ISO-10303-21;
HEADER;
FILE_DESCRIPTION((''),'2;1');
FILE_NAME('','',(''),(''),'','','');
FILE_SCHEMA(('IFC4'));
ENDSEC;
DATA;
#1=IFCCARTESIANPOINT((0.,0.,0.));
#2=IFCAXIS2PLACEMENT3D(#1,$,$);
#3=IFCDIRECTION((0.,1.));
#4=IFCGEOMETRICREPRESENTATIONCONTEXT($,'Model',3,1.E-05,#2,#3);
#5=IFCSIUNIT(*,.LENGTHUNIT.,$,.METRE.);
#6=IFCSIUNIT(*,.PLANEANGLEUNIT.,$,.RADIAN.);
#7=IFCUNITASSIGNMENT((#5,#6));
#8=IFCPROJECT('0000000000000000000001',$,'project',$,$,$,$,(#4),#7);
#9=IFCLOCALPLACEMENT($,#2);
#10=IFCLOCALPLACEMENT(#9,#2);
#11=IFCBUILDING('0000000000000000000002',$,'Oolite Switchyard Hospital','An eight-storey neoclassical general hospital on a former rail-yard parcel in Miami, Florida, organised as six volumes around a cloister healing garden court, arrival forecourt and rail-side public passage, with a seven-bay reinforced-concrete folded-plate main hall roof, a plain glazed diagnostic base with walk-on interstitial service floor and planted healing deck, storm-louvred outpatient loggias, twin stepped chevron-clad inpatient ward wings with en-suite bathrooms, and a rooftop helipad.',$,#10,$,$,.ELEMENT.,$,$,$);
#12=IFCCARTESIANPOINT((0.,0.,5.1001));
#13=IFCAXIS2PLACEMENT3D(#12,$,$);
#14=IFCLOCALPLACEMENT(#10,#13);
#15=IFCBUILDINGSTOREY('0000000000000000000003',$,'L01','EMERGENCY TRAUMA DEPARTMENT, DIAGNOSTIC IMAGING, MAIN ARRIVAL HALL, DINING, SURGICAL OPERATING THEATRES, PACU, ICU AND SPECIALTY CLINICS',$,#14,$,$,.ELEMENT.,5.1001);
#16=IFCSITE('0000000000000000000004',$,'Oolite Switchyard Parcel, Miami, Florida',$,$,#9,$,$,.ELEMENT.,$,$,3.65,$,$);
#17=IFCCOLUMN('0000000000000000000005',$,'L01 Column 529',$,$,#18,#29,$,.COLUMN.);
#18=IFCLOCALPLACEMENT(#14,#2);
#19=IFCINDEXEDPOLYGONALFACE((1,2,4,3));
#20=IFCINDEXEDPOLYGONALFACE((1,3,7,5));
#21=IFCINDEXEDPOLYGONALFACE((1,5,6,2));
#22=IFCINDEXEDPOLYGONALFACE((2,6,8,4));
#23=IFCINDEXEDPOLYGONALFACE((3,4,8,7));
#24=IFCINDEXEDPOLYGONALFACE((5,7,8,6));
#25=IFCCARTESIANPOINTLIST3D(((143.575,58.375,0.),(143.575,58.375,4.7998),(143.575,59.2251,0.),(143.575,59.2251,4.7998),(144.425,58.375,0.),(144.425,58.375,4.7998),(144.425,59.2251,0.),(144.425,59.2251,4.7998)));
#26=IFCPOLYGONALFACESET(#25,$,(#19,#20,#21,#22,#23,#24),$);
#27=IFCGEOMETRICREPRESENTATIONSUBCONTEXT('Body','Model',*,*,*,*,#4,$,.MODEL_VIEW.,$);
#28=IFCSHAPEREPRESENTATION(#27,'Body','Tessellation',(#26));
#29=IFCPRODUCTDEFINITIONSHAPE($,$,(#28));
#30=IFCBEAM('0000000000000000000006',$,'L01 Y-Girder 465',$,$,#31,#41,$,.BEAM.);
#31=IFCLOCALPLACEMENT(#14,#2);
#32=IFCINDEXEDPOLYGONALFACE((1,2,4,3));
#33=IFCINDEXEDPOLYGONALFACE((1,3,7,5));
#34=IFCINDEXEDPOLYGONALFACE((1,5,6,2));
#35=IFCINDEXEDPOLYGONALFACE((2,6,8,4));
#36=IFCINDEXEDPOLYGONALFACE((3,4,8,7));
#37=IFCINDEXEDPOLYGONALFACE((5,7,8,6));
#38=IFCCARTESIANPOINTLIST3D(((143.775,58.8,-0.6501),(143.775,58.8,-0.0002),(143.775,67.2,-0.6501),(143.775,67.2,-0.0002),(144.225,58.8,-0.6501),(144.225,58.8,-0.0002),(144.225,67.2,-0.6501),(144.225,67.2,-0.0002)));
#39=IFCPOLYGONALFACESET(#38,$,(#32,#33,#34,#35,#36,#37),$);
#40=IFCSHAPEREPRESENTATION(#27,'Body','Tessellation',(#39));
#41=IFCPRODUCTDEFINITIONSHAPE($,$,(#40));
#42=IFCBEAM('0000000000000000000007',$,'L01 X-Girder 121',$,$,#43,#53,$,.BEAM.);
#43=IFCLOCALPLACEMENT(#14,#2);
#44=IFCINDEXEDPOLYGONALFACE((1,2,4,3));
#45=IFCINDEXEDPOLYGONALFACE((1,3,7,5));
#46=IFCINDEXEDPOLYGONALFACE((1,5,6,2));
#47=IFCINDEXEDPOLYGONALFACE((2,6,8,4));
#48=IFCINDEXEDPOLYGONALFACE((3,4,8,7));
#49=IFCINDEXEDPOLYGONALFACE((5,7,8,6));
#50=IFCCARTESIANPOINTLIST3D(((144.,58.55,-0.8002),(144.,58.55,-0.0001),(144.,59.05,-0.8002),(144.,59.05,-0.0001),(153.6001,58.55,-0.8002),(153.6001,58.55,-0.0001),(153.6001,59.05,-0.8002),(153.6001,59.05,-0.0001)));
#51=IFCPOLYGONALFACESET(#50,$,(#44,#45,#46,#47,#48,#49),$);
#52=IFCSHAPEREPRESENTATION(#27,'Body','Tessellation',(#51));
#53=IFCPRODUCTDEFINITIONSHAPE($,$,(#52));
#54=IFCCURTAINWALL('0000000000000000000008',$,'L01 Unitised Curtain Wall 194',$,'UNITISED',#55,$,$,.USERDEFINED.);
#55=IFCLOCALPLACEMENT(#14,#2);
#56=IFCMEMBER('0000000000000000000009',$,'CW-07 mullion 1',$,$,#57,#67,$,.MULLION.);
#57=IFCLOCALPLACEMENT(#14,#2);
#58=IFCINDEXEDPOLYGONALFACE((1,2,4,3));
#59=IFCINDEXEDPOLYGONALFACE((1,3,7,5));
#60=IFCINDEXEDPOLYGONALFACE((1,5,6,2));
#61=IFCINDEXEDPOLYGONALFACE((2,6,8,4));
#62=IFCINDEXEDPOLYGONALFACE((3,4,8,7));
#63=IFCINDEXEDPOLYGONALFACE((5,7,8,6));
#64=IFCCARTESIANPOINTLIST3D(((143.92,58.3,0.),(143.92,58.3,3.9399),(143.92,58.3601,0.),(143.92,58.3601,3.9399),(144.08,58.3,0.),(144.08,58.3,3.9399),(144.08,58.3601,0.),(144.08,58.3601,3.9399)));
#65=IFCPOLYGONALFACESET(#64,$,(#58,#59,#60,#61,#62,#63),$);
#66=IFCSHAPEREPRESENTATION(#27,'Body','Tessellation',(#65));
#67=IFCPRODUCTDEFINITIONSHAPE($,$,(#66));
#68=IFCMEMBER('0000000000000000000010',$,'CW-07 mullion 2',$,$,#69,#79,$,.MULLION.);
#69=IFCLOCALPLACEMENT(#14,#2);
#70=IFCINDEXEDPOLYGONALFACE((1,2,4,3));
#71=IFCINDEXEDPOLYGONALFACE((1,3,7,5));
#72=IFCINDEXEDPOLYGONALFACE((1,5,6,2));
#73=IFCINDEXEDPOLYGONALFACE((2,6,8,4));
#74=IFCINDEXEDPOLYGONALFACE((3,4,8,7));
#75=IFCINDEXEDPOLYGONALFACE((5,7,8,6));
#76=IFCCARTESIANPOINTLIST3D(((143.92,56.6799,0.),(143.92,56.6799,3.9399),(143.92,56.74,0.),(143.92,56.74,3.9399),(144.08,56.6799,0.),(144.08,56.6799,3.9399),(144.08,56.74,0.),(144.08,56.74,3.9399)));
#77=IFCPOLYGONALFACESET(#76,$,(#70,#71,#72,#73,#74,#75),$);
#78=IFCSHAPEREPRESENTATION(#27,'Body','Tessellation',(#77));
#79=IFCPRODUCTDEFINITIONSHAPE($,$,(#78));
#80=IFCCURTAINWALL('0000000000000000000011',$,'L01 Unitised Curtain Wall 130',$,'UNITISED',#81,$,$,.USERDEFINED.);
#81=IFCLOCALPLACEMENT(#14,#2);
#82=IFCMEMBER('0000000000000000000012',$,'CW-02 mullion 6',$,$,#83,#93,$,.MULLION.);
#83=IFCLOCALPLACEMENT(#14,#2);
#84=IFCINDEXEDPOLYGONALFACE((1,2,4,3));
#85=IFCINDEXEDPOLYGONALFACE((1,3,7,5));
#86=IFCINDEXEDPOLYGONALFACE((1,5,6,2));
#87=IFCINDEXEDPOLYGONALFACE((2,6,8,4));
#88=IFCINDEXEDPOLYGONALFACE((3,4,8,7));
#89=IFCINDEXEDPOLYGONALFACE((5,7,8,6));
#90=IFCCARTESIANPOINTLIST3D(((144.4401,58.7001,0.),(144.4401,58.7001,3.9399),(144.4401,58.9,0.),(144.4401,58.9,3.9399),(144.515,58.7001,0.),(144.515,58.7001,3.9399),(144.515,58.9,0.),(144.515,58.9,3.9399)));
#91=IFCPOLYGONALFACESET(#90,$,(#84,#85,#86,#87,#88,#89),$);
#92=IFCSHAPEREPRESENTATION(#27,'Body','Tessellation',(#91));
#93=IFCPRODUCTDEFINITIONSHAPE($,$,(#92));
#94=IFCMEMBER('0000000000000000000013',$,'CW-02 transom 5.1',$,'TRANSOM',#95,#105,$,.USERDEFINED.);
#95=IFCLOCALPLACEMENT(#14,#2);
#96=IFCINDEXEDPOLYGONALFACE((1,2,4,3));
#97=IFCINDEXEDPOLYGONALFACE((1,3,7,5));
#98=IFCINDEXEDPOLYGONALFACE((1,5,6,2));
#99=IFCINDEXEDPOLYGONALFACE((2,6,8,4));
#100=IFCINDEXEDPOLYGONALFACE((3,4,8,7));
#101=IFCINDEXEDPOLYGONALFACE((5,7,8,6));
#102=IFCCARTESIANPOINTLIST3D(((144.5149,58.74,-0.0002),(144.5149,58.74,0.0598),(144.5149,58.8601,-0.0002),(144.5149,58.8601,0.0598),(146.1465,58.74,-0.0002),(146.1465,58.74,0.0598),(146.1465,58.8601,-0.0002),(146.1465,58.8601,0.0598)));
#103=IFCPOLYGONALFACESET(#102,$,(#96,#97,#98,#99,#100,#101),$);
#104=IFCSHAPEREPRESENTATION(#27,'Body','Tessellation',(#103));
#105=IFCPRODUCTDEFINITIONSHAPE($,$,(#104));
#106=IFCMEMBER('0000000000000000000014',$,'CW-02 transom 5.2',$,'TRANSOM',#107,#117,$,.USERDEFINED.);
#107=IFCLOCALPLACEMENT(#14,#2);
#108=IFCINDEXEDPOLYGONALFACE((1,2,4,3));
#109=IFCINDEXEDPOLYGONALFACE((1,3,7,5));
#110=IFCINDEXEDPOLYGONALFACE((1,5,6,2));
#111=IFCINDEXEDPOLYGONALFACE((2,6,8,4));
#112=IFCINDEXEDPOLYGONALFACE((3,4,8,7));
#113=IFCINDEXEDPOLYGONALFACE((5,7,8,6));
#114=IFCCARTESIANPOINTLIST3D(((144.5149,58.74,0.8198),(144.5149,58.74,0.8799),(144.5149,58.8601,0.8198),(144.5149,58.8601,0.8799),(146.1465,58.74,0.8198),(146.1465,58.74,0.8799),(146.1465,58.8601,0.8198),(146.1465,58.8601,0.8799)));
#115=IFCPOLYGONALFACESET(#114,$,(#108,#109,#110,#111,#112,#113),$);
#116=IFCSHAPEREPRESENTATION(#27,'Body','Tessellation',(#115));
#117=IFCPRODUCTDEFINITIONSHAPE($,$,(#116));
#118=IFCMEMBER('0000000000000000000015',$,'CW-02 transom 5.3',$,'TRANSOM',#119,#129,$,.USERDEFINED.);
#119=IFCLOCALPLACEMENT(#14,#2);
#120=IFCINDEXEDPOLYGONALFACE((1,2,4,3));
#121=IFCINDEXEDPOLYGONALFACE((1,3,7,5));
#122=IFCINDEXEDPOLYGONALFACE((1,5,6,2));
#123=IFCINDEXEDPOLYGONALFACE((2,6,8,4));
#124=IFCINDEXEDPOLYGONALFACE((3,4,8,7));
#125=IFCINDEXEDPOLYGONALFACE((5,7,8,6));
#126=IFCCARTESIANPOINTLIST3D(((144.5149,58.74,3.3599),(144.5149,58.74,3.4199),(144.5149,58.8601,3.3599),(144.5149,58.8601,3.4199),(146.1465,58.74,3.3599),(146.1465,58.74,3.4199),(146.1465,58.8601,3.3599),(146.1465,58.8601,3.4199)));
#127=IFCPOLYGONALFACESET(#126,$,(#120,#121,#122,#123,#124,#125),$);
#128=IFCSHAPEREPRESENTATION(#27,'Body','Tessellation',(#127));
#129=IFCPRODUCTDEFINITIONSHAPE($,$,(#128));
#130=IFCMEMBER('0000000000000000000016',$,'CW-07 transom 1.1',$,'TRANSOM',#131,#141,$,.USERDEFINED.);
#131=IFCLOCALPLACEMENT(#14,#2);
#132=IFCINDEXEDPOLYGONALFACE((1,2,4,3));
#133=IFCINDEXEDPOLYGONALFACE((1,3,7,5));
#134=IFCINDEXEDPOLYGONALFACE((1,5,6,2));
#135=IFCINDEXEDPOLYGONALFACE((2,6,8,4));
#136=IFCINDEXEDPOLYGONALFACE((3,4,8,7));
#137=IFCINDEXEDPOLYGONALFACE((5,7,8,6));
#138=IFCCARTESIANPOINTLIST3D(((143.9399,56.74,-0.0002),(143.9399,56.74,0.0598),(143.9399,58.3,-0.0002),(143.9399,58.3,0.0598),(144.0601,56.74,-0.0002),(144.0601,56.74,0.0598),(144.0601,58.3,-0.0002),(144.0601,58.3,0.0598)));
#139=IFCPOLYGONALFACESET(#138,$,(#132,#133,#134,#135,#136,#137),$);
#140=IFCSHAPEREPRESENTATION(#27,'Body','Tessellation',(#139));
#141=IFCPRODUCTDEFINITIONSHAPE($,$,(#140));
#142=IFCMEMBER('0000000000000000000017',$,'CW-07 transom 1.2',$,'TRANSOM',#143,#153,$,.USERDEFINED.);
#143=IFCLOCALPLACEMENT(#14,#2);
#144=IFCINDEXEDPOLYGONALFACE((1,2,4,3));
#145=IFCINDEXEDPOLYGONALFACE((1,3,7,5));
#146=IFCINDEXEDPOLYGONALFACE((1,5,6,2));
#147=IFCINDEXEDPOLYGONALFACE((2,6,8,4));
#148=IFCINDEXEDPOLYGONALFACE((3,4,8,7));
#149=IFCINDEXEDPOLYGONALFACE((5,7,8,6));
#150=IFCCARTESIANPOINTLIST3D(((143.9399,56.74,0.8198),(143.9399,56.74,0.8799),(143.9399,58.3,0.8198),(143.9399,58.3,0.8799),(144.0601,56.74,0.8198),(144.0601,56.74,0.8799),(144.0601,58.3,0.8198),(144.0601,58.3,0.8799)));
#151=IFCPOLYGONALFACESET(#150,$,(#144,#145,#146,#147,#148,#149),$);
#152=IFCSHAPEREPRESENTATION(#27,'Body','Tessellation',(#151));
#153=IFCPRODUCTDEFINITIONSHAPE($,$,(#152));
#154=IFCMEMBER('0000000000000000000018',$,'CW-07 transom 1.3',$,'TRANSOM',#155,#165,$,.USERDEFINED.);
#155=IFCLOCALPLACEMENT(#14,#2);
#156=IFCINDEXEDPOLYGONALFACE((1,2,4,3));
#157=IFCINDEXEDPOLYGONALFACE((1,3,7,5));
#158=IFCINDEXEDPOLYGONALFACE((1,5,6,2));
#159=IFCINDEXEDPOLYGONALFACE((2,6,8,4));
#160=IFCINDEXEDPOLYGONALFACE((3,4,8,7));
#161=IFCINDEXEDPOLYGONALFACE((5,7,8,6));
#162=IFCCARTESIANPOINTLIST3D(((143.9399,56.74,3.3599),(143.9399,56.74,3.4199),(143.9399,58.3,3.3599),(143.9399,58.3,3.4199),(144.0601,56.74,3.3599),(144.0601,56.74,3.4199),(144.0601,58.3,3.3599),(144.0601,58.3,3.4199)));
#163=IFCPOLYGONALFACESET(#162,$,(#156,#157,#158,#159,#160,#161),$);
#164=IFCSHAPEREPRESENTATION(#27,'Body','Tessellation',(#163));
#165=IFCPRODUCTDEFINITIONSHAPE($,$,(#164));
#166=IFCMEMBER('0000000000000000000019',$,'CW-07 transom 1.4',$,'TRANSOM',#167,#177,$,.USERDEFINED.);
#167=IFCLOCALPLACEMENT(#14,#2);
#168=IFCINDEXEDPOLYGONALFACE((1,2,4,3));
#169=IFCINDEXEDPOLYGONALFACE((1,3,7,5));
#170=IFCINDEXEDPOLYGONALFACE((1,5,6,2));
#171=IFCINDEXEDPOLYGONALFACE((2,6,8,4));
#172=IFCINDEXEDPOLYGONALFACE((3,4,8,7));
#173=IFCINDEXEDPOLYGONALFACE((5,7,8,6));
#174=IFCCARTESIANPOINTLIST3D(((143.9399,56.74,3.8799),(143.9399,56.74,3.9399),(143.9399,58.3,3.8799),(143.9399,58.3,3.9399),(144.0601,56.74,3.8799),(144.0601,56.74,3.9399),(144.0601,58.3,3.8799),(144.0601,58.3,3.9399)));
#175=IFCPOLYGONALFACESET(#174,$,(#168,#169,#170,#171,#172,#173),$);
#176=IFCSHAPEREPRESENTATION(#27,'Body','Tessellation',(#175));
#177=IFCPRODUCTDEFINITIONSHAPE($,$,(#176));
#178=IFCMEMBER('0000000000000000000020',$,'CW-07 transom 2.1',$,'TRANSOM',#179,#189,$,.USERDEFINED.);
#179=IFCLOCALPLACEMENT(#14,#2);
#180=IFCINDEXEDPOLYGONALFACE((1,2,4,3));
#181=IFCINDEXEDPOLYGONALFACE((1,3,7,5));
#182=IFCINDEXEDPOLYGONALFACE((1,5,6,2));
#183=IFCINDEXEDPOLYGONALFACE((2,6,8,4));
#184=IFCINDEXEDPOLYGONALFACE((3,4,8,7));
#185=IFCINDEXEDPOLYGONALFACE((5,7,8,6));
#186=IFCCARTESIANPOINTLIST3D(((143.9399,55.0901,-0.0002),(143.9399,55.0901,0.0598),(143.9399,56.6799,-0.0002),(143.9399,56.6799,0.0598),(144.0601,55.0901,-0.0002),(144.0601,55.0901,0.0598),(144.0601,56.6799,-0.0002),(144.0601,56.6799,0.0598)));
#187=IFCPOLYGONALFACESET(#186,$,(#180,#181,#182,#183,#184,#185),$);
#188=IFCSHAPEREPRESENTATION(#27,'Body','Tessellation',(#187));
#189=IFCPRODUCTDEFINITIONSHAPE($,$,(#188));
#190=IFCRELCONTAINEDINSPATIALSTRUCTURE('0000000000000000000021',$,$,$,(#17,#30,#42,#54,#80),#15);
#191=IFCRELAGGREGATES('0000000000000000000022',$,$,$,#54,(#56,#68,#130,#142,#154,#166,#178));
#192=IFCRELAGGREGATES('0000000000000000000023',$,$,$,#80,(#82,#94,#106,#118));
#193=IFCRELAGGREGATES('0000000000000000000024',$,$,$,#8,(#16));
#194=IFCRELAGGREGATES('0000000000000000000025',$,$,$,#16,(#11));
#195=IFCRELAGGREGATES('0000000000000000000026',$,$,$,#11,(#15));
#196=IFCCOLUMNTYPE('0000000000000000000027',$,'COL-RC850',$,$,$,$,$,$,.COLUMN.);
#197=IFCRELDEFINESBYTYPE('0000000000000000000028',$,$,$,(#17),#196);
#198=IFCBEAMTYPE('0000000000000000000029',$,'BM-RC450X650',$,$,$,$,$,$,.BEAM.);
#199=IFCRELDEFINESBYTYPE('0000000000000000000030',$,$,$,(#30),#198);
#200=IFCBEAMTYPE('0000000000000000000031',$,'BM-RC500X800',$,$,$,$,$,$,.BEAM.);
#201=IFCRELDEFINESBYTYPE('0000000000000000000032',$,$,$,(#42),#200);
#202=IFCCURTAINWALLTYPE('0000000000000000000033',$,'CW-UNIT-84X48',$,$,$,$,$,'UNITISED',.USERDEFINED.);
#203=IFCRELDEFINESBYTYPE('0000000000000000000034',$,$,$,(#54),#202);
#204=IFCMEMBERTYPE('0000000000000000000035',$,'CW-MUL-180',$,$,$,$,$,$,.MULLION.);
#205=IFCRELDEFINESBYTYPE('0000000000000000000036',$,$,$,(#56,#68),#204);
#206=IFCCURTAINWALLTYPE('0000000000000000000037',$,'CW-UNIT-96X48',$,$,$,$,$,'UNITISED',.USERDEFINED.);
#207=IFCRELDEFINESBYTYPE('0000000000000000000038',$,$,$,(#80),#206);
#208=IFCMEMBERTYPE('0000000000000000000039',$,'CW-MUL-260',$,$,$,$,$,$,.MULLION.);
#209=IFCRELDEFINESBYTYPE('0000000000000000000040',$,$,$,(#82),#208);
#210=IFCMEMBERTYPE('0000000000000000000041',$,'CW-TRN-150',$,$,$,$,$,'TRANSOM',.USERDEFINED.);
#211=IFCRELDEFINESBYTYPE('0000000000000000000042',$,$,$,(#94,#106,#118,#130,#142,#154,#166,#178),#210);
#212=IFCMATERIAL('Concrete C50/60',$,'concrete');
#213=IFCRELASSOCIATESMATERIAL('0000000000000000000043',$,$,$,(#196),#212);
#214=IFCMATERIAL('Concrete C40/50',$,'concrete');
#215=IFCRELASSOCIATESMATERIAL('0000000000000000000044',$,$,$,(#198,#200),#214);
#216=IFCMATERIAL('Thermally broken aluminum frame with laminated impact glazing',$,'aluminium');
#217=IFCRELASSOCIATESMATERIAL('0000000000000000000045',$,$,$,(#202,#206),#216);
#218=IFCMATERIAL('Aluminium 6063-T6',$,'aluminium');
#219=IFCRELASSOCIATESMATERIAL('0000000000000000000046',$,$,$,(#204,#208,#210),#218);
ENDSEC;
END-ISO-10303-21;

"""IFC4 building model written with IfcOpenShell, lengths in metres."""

from ifc_helpers import new_model, si_unit, direction, frame, origin, origin_2d, place, context, subcontext, project, spatial, rectangle, extrude, material, material_profile, profile_set, type_object, element, aggregate, save


model = new_model("IFC4")

# Units and contexts
model_context = context("Model", 3, precision=1e-05, world=origin(), true_north=direction((0.0, 1.0)))
body_context = subcontext(model_context, "Body", "Model", "MODEL_VIEW")
ifc_project = project(units=[si_unit("LENGTHUNIT", "METRE"), si_unit("PLANEANGLEUNIT", "RADIAN")], contexts=[model_context])

# Site, building, storey
site_placement = place(None, origin())
site = spatial("IfcSite", under=ifc_project, at=site_placement, Name="Oolite Switchyard Parcel, Miami, Florida", CompositionType="ELEMENT", RefElevation=3.65)
building_placement = place(site_placement, origin())
building = spatial("IfcBuilding", under=site, at=building_placement, Name="Oolite Switchyard Hospital", Description="An eight-storey neoclassical general hospital on a former rail-yard parcel in Miami, Florida, organised as six volumes around a cloister healing garden court, arrival forecourt and rail-side public passage, with a seven-bay reinforced-concrete folded-plate main hall roof, a plain glazed diagnostic base with walk-on interstitial service floor and planted healing deck, storm-louvred outpatient loggias, twin stepped chevron-clad inpatient ward wings with en-suite bathrooms, and a rooftop helipad.", CompositionType="ELEMENT")
storey_placement = place(building_placement, frame((0.0, 0.0, 5.1001)))
storey = spatial("IfcBuildingStorey", under=building, at=storey_placement, Name="L01", Description="EMERGENCY TRAUMA DEPARTMENT, DIAGNOSTIC IMAGING, MAIN ARRIVAL HALL, DINING, SURGICAL OPERATING THEATRES, PACU, ICU AND SPECIALTY CLINICS", CompositionType="ELEMENT", Elevation=5.1001)

# Column
ifc_material_1 = material(Name="Concrete C50/60", Category="concrete")
ifc_material_profile_1 = material_profile(ifc_material_1, rectangle(XDim=0.8501, YDim=0.8501, at=origin_2d()), Name="RC850X850")
ifc_profile_set_1 = profile_set([ifc_material_profile_1], Name="Concrete C50/60")
column_type = type_object("IfcColumnType", Name="COL-RC850", PredefinedType="COLUMN", material=ifc_profile_set_1)
column_placement = place(storey_placement, frame((144.0, 58.8, 0.0), z_axis=(0.0, 0.0, 1.0), x_axis=(1.0, 0.0, 0.0)))
element("IfcColumn", 1, at=column_placement, inside=storey, type_object=column_type, Name="L01 Column 529", PredefinedType="COLUMN", context=body_context, shape_type="SweptSolid", body=[
    extrude(rectangle(XDim=0.8501, YDim=0.8501, at=origin_2d()), origin(), (0.0, 0.0, 1.0), 4.7998),
])

# Beams
ifc_material_2 = material(Name="Concrete C40/50", Category="concrete")
ifc_material_profile_2 = material_profile(ifc_material_2, rectangle(XDim=0.45, YDim=0.6499, at=origin_2d()), Name="RCB450X650")
ifc_profile_set_2 = profile_set([ifc_material_profile_2], Name="Concrete C40/50")
beam_type_1 = type_object("IfcBeamType", Name="BM-RC450X650", PredefinedType="BEAM", material=ifc_profile_set_2)
beam_1_placement = place(storey_placement, frame((144.0, 58.8, -0.3252), z_axis=(0.0, 1.0, 0.0), x_axis=(-1.0, 0.0, 0.0)))
element("IfcBeam", 2, at=beam_1_placement, inside=storey, type_object=beam_type_1, Name="L01 Y-Girder 465", PredefinedType="BEAM", context=body_context, shape_type="SweptSolid", body=[
    extrude(rectangle(XDim=0.45, YDim=0.6499, at=origin_2d()), origin(), (0.0, 0.0, 1.0), 8.3999),
])
ifc_material_profile_3 = material_profile(ifc_material_2, rectangle(XDim=0.5, YDim=0.8, at=origin_2d()), Name="RCB500X800")
ifc_profile_set_3 = profile_set([ifc_material_profile_3], Name="Concrete C40/50")
beam_type_2 = type_object("IfcBeamType", Name="BM-RC500X800", PredefinedType="BEAM", material=ifc_profile_set_3)
beam_2_placement = place(storey_placement, frame((144.0, 58.8, -0.4001), z_axis=(1.0, 0.0, 0.0), x_axis=(0.0, 1.0, 0.0)))
element("IfcBeam", 3, at=beam_2_placement, inside=storey, type_object=beam_type_2, Name="L01 X-Girder 121", PredefinedType="BEAM", context=body_context, shape_type="SweptSolid", body=[
    extrude(rectangle(XDim=0.5, YDim=0.8, at=origin_2d()), origin(), (0.0, 0.0, 1.0), 9.6001),
])

# Curtain walls, members
ifc_material_3 = material(Name="Thermally broken aluminum frame with laminated impact glazing", Category="aluminium")
curtain_wall_type_1 = type_object("IfcCurtainWallType", Name="CW-UNIT-84X48", ElementType="UNITISED", PredefinedType="USERDEFINED", material=ifc_material_3)
curtain_wall_1_placement = place(storey_placement, origin())
curtain_wall_1 = element("IfcCurtainWall", 4, at=curtain_wall_1_placement, inside=storey, type_object=curtain_wall_type_1, Name="L01 Unitised Curtain Wall 194", ObjectType="UNITISED", PredefinedType="USERDEFINED")
ifc_material_4 = material(Name="Aluminium 6063-T6", Category="aluminium")
ifc_material_profile_4 = material_profile(ifc_material_4, rectangle(XDim=0.1599, YDim=0.0601, at=origin_2d()), Name="CWM60X160")
ifc_profile_set_4 = profile_set([ifc_material_profile_4], Name="Aluminium 6063-T6")
member_type_1 = type_object("IfcMemberType", Name="CW-MUL-180", PredefinedType="MULLION", material=ifc_profile_set_4)
member_1_placement = place(storey_placement, frame((144.0, 58.3301, 0.0), z_axis=(0.0, 0.0, 1.0), x_axis=(1.0, 0.0, 0.0)))
member_1 = element("IfcMember", 5, at=member_1_placement, type_object=member_type_1, Name="CW-07 mullion 1", PredefinedType="MULLION", context=body_context, shape_type="SweptSolid", body=[
    extrude(rectangle(XDim=0.1599, YDim=0.0601, at=origin_2d()), origin(), (0.0, 0.0, 1.0), 3.9399),
])
member_2_placement = place(storey_placement, frame((144.0, 56.71, 0.0), z_axis=(0.0, 0.0, 1.0), x_axis=(1.0, 0.0, 0.0)))
member_2 = element("IfcMember", 6, at=member_2_placement, type_object=member_type_1, Name="CW-07 mullion 2", PredefinedType="MULLION", context=body_context, shape_type="SweptSolid", body=[
    extrude(rectangle(XDim=0.1599, YDim=0.0601, at=origin_2d()), origin(), (0.0, 0.0, 1.0), 3.9399),
])
curtain_wall_type_2 = type_object("IfcCurtainWallType", Name="CW-UNIT-96X48", ElementType="UNITISED", PredefinedType="USERDEFINED", material=ifc_material_3)
curtain_wall_2_placement = place(storey_placement, origin())
curtain_wall_2 = element("IfcCurtainWall", 7, at=curtain_wall_2_placement, inside=storey, type_object=curtain_wall_type_2, Name="L01 Unitised Curtain Wall 130", ObjectType="UNITISED", PredefinedType="USERDEFINED")
ifc_material_profile_5 = material_profile(ifc_material_4, rectangle(XDim=0.2, YDim=0.075, at=origin_2d()), Name="CWM75X200")
ifc_profile_set_5 = profile_set([ifc_material_profile_5], Name="Aluminium 6063-T6")
member_type_2 = type_object("IfcMemberType", Name="CW-MUL-260", PredefinedType="MULLION", material=ifc_profile_set_5)
member_3_placement = place(storey_placement, frame((144.4775, 58.8, 0.0), z_axis=(0.0, 0.0, 1.0), x_axis=(0.0, -1.0, 0.0)))
member_3 = element("IfcMember", 8, at=member_3_placement, type_object=member_type_2, Name="CW-02 mullion 6", PredefinedType="MULLION", context=body_context, shape_type="SweptSolid", body=[
    extrude(rectangle(XDim=0.2, YDim=0.075, at=origin_2d()), origin(), (0.0, 0.0, 1.0), 3.9399),
])
ifc_material_profile_6 = material_profile(ifc_material_4, rectangle(XDim=0.1201, YDim=0.0601, at=origin_2d()), Name="CWT60X120")
ifc_profile_set_6 = profile_set([ifc_material_profile_6], Name="Aluminium 6063-T6")
member_type_3 = type_object("IfcMemberType", Name="CW-TRN-150", ElementType="TRANSOM", PredefinedType="USERDEFINED", material=ifc_profile_set_6)
member_4_placement = place(storey_placement, frame((146.1465, 58.8, 0.0298), z_axis=(-1.0, 0.0, 0.0), x_axis=(0.0, -1.0, 0.0)))
member_4 = element("IfcMember", 9, at=member_4_placement, type_object=member_type_3, Name="CW-02 transom 5.1", ObjectType="TRANSOM", PredefinedType="USERDEFINED", context=body_context, shape_type="SweptSolid", body=[
    extrude(rectangle(XDim=0.1201, YDim=0.0601, at=origin_2d()), origin(), (0.0, 0.0, 1.0), 1.6316),
])
member_5_placement = place(storey_placement, frame((146.1465, 58.8, 0.8499), z_axis=(-1.0, 0.0, 0.0), x_axis=(0.0, -1.0, 0.0)))
member_5 = element("IfcMember", 10, at=member_5_placement, type_object=member_type_3, Name="CW-02 transom 5.2", ObjectType="TRANSOM", PredefinedType="USERDEFINED", context=body_context, shape_type="SweptSolid", body=[
    extrude(rectangle(XDim=0.1201, YDim=0.0601, at=origin_2d()), origin(), (0.0, 0.0, 1.0), 1.6316),
])
member_6_placement = place(storey_placement, frame((146.1465, 58.8, 3.3899), z_axis=(-1.0, 0.0, 0.0), x_axis=(0.0, -1.0, 0.0)))
member_6 = element("IfcMember", 11, at=member_6_placement, type_object=member_type_3, Name="CW-02 transom 5.3", ObjectType="TRANSOM", PredefinedType="USERDEFINED", context=body_context, shape_type="SweptSolid", body=[
    extrude(rectangle(XDim=0.1201, YDim=0.0601, at=origin_2d()), origin(), (0.0, 0.0, 1.0), 1.6316),
])

# Members
member_7_placement = place(storey_placement, frame((144.0, 58.3, 0.0298), z_axis=(0.0, -1.0, 0.0), x_axis=(1.0, 0.0, 0.0)))
member_7 = element("IfcMember", 12, at=member_7_placement, type_object=member_type_3, Name="CW-07 transom 1.1", ObjectType="TRANSOM", PredefinedType="USERDEFINED", context=body_context, shape_type="SweptSolid", body=[
    extrude(rectangle(XDim=0.1201, YDim=0.0601, at=origin_2d()), origin(), (0.0, 0.0, 1.0), 1.5601),
])
member_8_placement = place(storey_placement, frame((144.0, 58.3, 0.8499), z_axis=(0.0, -1.0, 0.0), x_axis=(1.0, 0.0, 0.0)))
member_8 = element("IfcMember", 13, at=member_8_placement, type_object=member_type_3, Name="CW-07 transom 1.2", ObjectType="TRANSOM", PredefinedType="USERDEFINED", context=body_context, shape_type="SweptSolid", body=[
    extrude(rectangle(XDim=0.1201, YDim=0.0601, at=origin_2d()), origin(), (0.0, 0.0, 1.0), 1.5601),
])
member_9_placement = place(storey_placement, frame((144.0, 58.3, 3.3899), z_axis=(0.0, -1.0, 0.0), x_axis=(1.0, 0.0, 0.0)))
member_9 = element("IfcMember", 14, at=member_9_placement, type_object=member_type_3, Name="CW-07 transom 1.3", ObjectType="TRANSOM", PredefinedType="USERDEFINED", context=body_context, shape_type="SweptSolid", body=[
    extrude(rectangle(XDim=0.1201, YDim=0.0601, at=origin_2d()), origin(), (0.0, 0.0, 1.0), 1.5601),
])
member_10_placement = place(storey_placement, frame((144.0, 58.3, 3.9099), z_axis=(0.0, -1.0, 0.0), x_axis=(1.0, 0.0, 0.0)))
member_10 = element("IfcMember", 15, at=member_10_placement, type_object=member_type_3, Name="CW-07 transom 1.4", ObjectType="TRANSOM", PredefinedType="USERDEFINED", context=body_context, shape_type="SweptSolid", body=[
    extrude(rectangle(XDim=0.1201, YDim=0.0601, at=origin_2d()), origin(), (0.0, 0.0, 1.0), 1.5601),
])
member_11_placement = place(storey_placement, frame((144.0, 56.6799, 0.0298), z_axis=(0.0, -1.0, 0.0), x_axis=(1.0, 0.0, 0.0)))
member_11 = element("IfcMember", 16, at=member_11_placement, type_object=member_type_3, Name="CW-07 transom 2.1", ObjectType="TRANSOM", PredefinedType="USERDEFINED", context=body_context, shape_type="SweptSolid", body=[
    extrude(rectangle(XDim=0.1201, YDim=0.0601, at=origin_2d()), origin(), (0.0, 0.0, 1.0), 1.5898),
])

aggregate(curtain_wall_1, [member_1, member_2, member_7, member_8, member_9, member_10, member_11])
aggregate(curtain_wall_2, [member_3, member_4, member_5, member_6])

save(model, "model.ifc")
